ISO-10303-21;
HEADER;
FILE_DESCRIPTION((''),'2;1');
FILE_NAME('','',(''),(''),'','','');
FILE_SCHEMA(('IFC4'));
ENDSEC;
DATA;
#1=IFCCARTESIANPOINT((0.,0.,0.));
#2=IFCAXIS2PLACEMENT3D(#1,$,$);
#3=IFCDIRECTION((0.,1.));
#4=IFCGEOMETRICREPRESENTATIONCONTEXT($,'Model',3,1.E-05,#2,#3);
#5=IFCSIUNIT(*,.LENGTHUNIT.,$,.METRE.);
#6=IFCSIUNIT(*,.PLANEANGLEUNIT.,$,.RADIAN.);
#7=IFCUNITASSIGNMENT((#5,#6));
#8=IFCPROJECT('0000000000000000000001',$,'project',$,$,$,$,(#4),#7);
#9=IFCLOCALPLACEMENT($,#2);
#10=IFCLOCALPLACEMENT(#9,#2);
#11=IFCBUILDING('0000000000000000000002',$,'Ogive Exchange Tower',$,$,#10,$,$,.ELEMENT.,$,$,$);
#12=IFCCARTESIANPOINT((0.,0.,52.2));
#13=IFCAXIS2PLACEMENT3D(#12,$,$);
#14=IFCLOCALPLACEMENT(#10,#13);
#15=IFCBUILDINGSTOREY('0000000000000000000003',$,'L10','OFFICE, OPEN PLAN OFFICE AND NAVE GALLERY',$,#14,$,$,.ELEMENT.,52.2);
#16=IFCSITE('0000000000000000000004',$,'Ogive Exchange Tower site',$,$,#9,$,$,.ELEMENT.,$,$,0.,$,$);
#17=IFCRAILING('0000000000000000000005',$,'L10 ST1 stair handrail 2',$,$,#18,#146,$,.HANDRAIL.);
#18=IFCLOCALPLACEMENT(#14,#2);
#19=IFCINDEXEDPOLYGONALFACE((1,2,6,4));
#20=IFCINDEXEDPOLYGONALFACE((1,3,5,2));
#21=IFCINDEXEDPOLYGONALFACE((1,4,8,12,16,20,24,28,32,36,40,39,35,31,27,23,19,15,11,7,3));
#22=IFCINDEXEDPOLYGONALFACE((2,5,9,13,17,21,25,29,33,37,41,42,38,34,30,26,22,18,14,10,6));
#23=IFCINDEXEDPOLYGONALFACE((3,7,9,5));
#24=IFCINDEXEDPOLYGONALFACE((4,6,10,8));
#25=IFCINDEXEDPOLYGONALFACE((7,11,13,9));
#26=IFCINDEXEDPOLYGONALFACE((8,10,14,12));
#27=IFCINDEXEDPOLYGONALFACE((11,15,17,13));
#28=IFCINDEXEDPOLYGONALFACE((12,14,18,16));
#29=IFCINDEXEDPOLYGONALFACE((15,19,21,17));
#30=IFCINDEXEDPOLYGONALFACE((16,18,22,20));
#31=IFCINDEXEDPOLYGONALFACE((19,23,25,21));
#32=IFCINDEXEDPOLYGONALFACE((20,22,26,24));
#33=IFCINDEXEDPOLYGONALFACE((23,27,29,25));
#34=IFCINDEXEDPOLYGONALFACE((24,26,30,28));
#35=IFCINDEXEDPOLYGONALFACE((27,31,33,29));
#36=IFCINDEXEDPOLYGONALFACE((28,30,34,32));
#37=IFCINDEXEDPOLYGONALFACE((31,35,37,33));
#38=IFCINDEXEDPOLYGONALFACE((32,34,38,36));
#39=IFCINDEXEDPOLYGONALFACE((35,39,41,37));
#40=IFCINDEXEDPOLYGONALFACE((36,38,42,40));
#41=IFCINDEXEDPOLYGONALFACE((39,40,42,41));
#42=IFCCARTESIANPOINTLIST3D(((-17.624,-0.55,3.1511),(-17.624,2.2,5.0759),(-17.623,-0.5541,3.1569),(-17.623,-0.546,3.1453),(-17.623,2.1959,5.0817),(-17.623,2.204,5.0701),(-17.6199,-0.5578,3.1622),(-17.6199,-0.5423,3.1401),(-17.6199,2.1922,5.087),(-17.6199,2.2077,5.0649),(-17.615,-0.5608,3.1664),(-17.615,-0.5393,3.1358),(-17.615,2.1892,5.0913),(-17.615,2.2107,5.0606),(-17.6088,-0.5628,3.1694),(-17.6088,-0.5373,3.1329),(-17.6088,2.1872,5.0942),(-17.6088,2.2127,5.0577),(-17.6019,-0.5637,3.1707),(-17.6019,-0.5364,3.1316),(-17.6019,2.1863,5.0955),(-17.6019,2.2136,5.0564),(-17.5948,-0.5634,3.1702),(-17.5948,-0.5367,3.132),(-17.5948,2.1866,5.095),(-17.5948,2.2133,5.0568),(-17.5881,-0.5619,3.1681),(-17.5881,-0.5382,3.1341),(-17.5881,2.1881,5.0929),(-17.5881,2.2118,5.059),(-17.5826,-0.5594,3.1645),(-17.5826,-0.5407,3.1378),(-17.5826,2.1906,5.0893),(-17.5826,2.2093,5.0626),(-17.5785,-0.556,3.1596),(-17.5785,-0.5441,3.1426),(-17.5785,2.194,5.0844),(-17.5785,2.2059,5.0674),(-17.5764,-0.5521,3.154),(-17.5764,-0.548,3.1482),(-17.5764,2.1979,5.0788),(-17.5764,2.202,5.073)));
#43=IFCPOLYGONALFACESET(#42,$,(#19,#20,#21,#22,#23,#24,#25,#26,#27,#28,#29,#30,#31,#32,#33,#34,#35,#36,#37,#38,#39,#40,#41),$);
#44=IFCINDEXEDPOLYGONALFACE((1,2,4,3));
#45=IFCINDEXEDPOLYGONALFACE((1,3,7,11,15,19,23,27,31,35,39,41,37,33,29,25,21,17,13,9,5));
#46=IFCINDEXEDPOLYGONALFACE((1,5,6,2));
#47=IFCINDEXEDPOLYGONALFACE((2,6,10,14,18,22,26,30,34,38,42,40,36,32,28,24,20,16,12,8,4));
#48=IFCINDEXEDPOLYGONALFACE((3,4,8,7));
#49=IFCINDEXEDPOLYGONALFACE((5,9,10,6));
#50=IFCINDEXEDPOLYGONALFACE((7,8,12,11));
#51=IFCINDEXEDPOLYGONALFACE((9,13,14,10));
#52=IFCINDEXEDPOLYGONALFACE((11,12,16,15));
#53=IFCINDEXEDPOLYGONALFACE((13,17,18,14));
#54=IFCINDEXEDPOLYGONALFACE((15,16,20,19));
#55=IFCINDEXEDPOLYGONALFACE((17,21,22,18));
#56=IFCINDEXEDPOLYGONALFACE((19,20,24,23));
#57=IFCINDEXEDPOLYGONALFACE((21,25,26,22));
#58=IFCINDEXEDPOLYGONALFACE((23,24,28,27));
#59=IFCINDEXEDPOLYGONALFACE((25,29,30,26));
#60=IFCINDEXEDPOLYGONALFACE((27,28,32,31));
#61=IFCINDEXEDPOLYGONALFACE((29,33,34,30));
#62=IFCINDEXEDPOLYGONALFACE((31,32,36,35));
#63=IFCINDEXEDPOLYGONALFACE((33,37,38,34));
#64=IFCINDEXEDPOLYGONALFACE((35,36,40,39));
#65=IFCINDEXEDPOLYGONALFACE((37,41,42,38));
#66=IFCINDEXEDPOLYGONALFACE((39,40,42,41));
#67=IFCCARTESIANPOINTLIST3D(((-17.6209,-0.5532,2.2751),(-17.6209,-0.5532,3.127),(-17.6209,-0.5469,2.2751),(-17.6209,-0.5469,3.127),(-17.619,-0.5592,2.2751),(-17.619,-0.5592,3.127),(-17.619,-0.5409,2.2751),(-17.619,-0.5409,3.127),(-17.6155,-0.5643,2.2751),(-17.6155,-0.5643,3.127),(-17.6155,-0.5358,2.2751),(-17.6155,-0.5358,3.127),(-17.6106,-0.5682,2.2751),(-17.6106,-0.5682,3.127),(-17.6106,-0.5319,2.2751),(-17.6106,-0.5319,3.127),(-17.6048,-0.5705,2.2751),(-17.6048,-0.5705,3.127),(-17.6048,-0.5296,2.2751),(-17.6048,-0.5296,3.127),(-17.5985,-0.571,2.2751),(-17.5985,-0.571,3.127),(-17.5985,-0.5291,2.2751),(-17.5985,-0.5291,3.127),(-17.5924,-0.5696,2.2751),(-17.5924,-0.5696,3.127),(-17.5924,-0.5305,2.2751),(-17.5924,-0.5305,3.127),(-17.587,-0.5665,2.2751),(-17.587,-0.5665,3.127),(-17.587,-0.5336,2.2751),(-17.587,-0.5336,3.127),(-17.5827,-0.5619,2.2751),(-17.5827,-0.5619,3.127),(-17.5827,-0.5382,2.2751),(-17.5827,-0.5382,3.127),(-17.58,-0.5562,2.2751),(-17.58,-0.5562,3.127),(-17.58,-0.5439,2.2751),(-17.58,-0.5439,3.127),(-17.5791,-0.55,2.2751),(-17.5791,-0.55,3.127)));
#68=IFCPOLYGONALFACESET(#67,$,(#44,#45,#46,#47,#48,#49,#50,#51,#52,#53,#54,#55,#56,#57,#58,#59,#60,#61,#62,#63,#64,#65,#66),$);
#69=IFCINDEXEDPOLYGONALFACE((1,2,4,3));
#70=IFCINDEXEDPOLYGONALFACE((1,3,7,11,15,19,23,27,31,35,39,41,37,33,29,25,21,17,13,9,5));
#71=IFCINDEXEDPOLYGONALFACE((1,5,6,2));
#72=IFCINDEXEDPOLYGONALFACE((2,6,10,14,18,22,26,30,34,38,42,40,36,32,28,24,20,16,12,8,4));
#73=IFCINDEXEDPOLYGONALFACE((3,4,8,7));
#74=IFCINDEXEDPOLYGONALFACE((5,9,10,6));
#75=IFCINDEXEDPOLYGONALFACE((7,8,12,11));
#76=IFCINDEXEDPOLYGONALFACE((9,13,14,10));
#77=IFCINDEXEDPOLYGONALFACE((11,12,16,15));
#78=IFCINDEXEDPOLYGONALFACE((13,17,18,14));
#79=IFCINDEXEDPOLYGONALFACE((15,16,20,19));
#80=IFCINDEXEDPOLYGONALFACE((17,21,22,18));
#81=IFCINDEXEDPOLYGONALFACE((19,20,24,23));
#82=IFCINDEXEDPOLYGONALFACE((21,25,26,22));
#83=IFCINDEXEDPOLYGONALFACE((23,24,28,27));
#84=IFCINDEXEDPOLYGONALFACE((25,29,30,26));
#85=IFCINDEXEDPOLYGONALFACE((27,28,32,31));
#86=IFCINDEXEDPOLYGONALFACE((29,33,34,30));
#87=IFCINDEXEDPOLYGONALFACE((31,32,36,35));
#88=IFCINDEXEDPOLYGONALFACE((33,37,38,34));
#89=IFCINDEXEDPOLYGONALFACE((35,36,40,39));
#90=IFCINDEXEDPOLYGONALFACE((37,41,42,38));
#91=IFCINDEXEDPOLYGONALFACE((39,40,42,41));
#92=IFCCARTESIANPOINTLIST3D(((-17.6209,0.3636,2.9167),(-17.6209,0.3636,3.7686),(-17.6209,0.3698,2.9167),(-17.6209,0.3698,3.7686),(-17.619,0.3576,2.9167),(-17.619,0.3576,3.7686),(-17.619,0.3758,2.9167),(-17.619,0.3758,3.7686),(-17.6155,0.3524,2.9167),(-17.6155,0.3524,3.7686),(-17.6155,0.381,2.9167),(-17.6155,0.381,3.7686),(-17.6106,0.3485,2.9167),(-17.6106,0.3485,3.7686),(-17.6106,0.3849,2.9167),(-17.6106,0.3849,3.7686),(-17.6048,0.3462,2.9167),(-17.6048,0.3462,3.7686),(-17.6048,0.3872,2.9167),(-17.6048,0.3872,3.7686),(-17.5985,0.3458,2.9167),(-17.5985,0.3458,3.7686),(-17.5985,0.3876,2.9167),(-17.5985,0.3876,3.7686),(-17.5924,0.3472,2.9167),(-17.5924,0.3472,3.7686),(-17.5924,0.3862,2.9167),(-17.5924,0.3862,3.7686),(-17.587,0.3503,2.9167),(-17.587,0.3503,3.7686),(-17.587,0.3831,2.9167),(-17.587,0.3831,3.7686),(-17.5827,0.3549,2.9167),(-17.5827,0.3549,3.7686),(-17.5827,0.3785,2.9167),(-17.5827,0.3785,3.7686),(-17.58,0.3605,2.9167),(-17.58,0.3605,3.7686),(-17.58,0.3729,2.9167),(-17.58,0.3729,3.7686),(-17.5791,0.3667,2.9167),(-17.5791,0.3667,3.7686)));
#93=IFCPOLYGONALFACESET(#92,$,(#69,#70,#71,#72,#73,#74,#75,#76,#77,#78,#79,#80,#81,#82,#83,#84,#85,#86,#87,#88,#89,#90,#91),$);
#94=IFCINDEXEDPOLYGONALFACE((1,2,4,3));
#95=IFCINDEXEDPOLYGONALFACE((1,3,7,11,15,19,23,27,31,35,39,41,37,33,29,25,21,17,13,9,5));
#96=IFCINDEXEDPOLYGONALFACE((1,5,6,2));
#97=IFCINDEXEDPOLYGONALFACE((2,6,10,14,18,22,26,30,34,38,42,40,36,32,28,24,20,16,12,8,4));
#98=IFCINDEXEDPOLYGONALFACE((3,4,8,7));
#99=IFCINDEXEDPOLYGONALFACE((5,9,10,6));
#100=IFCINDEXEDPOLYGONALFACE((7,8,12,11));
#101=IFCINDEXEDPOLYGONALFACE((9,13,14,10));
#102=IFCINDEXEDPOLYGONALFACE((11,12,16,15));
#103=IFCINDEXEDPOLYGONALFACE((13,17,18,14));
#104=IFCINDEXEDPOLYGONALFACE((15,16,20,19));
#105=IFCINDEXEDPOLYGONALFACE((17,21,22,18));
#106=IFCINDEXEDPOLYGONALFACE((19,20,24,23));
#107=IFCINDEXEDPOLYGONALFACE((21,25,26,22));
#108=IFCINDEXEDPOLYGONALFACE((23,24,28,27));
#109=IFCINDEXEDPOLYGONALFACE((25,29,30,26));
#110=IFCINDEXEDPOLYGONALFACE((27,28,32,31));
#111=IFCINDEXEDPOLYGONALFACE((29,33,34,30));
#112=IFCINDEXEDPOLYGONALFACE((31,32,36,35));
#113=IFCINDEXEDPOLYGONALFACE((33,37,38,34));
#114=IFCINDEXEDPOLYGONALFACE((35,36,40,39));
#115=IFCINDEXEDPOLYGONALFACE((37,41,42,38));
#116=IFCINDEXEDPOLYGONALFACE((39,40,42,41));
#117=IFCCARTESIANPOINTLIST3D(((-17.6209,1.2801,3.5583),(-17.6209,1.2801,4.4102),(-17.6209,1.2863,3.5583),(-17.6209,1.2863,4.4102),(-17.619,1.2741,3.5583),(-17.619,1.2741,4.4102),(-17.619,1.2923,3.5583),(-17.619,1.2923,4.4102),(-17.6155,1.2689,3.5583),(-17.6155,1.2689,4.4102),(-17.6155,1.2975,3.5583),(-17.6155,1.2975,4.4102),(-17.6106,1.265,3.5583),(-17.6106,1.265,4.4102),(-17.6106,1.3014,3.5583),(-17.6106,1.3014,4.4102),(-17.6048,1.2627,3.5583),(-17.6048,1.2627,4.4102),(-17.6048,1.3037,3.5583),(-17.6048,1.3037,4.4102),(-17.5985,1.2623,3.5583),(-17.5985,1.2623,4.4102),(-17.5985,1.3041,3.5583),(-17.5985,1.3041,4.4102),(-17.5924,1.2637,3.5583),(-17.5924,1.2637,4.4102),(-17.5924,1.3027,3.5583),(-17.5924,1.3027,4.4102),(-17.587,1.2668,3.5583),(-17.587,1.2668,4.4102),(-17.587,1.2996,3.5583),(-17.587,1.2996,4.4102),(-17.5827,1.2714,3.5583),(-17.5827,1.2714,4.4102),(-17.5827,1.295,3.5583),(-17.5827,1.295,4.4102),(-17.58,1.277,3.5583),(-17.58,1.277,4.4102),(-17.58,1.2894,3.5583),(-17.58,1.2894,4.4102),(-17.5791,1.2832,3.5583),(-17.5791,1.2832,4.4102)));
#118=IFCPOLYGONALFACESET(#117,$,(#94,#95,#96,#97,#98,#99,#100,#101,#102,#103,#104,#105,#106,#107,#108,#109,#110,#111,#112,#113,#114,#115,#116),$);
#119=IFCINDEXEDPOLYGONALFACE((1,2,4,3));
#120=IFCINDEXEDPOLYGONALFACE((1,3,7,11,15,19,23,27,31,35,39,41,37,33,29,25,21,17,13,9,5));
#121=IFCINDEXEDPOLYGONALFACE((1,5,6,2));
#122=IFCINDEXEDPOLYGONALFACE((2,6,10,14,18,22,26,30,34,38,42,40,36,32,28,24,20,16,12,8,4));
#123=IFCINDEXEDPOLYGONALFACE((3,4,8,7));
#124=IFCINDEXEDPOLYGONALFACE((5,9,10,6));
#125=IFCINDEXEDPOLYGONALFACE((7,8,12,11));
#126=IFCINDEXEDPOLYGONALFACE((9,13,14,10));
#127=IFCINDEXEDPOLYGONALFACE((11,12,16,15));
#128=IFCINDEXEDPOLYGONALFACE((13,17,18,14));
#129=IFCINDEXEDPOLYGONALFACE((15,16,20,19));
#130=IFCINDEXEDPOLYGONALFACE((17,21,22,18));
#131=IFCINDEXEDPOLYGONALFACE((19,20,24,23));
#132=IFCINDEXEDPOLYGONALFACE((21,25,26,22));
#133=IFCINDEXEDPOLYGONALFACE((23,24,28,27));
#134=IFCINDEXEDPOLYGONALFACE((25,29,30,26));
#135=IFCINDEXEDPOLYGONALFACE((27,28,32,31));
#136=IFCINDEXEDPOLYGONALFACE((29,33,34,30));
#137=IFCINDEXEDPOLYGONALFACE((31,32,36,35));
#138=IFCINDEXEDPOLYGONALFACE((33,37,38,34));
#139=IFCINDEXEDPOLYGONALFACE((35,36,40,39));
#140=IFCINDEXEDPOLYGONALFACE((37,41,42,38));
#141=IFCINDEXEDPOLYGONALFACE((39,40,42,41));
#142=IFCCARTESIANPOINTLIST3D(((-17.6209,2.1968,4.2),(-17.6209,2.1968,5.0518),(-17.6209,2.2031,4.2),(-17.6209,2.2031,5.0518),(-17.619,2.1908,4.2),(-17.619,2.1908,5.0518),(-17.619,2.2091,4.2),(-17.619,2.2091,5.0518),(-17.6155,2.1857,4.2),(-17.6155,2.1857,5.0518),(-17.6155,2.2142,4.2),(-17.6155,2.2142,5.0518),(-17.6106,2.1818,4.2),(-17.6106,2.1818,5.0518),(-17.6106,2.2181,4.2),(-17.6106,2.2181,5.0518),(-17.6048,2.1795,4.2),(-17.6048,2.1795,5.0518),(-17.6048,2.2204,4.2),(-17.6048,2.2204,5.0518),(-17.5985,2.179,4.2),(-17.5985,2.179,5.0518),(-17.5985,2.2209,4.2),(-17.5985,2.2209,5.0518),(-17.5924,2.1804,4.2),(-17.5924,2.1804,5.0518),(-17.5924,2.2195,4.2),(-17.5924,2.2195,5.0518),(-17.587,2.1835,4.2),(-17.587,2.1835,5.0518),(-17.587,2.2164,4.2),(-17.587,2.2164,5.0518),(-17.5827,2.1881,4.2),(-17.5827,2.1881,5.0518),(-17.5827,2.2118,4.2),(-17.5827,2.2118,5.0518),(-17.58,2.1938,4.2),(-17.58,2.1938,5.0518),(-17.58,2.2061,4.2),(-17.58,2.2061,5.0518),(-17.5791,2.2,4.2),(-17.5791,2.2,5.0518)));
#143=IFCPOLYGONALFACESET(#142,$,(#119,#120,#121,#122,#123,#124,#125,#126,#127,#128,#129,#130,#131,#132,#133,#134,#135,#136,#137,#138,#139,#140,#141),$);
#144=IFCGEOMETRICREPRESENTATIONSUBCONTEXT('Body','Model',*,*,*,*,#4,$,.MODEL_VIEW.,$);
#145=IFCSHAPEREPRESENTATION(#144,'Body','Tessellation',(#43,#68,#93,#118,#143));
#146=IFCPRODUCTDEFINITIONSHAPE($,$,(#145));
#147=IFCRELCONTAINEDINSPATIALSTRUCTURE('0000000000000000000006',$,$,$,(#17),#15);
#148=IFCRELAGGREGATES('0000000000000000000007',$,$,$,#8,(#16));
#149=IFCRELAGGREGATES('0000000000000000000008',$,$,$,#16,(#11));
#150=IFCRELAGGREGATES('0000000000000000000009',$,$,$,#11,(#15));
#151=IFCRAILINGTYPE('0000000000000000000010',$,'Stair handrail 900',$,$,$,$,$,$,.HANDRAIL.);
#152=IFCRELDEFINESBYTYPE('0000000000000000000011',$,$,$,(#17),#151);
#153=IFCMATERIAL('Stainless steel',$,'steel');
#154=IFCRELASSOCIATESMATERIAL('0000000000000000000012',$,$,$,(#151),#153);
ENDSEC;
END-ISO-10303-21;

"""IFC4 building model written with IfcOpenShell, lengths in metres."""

from ifc_helpers import new_model, si_unit, direction, frame, origin, origin_2d, place, context, subcontext, project, spatial, circle, extrude, material, type_object, element, save


model = new_model("IFC4")

# Units and contexts
model_context = context("Model", 3, precision=1e-05, world=origin(), true_north=direction((0.0, 1.0)))
body_context = subcontext(model_context, "Body", "Model", "MODEL_VIEW")
ifc_project = project(units=[si_unit("LENGTHUNIT", "METRE"), si_unit("PLANEANGLEUNIT", "RADIAN")], contexts=[model_context])

# Site, building, storey
site_placement = place(None, origin())
site = spatial("IfcSite", under=ifc_project, at=site_placement, Name="Ogive Exchange Tower site", CompositionType="ELEMENT", RefElevation=0.0)
building_placement = place(site_placement, origin())
building = spatial("IfcBuilding", under=site, at=building_placement, Name="Ogive Exchange Tower", CompositionType="ELEMENT")
storey_placement = place(building_placement, frame((0.0, 0.0, 52.2)))
storey = spatial("IfcBuildingStorey", under=building, at=storey_placement, Name="L10", Description="OFFICE, OPEN PLAN OFFICE AND NAVE GALLERY", CompositionType="ELEMENT", Elevation=52.2)

# Shared definitions
ifc_material_1 = material(Name="Stainless steel", Category="steel")

# Railing
railing_type = type_object("IfcRailingType", Name="Stair handrail 900", PredefinedType="HANDRAIL", material=ifc_material_1)
railing_placement = place(storey_placement, frame((-17.6001, -0.55, 2.2751)))
element("IfcRailing", 1, at=railing_placement, inside=storey, type_object=railing_type, Name="L10 ST1 stair handrail 2", PredefinedType="HANDRAIL", context=body_context, shape_type="SweptSolid", body=[
    extrude(circle(Radius=0.0239, at=origin_2d()), frame((0.0, 0.0, 0.876), z_axis=(0.0, 0.819259, 0.573423), x_axis=(-1.0, 0.0, 0.0)), (0.0, 0.0, 1.0), 3.3567),
    extrude(circle(Radius=0.021, at=origin_2d()), origin(), (0.0, 0.0, 1.0), 0.8518),
    extrude(circle(Radius=0.021, at=origin_2d()), frame((0.0, 0.9167, 0.6416)), (0.0, 0.0, 1.0), 0.8518),
    extrude(circle(Radius=0.021, at=origin_2d()), frame((0.0, 1.8333, 1.2832)), (0.0, 0.0, 1.0), 0.8518),
    extrude(circle(Radius=0.021, at=origin_2d()), frame((0.0, 2.75, 1.9248)), (0.0, 0.0, 1.0), 0.8518),
])

save(model, "model.ifc")
